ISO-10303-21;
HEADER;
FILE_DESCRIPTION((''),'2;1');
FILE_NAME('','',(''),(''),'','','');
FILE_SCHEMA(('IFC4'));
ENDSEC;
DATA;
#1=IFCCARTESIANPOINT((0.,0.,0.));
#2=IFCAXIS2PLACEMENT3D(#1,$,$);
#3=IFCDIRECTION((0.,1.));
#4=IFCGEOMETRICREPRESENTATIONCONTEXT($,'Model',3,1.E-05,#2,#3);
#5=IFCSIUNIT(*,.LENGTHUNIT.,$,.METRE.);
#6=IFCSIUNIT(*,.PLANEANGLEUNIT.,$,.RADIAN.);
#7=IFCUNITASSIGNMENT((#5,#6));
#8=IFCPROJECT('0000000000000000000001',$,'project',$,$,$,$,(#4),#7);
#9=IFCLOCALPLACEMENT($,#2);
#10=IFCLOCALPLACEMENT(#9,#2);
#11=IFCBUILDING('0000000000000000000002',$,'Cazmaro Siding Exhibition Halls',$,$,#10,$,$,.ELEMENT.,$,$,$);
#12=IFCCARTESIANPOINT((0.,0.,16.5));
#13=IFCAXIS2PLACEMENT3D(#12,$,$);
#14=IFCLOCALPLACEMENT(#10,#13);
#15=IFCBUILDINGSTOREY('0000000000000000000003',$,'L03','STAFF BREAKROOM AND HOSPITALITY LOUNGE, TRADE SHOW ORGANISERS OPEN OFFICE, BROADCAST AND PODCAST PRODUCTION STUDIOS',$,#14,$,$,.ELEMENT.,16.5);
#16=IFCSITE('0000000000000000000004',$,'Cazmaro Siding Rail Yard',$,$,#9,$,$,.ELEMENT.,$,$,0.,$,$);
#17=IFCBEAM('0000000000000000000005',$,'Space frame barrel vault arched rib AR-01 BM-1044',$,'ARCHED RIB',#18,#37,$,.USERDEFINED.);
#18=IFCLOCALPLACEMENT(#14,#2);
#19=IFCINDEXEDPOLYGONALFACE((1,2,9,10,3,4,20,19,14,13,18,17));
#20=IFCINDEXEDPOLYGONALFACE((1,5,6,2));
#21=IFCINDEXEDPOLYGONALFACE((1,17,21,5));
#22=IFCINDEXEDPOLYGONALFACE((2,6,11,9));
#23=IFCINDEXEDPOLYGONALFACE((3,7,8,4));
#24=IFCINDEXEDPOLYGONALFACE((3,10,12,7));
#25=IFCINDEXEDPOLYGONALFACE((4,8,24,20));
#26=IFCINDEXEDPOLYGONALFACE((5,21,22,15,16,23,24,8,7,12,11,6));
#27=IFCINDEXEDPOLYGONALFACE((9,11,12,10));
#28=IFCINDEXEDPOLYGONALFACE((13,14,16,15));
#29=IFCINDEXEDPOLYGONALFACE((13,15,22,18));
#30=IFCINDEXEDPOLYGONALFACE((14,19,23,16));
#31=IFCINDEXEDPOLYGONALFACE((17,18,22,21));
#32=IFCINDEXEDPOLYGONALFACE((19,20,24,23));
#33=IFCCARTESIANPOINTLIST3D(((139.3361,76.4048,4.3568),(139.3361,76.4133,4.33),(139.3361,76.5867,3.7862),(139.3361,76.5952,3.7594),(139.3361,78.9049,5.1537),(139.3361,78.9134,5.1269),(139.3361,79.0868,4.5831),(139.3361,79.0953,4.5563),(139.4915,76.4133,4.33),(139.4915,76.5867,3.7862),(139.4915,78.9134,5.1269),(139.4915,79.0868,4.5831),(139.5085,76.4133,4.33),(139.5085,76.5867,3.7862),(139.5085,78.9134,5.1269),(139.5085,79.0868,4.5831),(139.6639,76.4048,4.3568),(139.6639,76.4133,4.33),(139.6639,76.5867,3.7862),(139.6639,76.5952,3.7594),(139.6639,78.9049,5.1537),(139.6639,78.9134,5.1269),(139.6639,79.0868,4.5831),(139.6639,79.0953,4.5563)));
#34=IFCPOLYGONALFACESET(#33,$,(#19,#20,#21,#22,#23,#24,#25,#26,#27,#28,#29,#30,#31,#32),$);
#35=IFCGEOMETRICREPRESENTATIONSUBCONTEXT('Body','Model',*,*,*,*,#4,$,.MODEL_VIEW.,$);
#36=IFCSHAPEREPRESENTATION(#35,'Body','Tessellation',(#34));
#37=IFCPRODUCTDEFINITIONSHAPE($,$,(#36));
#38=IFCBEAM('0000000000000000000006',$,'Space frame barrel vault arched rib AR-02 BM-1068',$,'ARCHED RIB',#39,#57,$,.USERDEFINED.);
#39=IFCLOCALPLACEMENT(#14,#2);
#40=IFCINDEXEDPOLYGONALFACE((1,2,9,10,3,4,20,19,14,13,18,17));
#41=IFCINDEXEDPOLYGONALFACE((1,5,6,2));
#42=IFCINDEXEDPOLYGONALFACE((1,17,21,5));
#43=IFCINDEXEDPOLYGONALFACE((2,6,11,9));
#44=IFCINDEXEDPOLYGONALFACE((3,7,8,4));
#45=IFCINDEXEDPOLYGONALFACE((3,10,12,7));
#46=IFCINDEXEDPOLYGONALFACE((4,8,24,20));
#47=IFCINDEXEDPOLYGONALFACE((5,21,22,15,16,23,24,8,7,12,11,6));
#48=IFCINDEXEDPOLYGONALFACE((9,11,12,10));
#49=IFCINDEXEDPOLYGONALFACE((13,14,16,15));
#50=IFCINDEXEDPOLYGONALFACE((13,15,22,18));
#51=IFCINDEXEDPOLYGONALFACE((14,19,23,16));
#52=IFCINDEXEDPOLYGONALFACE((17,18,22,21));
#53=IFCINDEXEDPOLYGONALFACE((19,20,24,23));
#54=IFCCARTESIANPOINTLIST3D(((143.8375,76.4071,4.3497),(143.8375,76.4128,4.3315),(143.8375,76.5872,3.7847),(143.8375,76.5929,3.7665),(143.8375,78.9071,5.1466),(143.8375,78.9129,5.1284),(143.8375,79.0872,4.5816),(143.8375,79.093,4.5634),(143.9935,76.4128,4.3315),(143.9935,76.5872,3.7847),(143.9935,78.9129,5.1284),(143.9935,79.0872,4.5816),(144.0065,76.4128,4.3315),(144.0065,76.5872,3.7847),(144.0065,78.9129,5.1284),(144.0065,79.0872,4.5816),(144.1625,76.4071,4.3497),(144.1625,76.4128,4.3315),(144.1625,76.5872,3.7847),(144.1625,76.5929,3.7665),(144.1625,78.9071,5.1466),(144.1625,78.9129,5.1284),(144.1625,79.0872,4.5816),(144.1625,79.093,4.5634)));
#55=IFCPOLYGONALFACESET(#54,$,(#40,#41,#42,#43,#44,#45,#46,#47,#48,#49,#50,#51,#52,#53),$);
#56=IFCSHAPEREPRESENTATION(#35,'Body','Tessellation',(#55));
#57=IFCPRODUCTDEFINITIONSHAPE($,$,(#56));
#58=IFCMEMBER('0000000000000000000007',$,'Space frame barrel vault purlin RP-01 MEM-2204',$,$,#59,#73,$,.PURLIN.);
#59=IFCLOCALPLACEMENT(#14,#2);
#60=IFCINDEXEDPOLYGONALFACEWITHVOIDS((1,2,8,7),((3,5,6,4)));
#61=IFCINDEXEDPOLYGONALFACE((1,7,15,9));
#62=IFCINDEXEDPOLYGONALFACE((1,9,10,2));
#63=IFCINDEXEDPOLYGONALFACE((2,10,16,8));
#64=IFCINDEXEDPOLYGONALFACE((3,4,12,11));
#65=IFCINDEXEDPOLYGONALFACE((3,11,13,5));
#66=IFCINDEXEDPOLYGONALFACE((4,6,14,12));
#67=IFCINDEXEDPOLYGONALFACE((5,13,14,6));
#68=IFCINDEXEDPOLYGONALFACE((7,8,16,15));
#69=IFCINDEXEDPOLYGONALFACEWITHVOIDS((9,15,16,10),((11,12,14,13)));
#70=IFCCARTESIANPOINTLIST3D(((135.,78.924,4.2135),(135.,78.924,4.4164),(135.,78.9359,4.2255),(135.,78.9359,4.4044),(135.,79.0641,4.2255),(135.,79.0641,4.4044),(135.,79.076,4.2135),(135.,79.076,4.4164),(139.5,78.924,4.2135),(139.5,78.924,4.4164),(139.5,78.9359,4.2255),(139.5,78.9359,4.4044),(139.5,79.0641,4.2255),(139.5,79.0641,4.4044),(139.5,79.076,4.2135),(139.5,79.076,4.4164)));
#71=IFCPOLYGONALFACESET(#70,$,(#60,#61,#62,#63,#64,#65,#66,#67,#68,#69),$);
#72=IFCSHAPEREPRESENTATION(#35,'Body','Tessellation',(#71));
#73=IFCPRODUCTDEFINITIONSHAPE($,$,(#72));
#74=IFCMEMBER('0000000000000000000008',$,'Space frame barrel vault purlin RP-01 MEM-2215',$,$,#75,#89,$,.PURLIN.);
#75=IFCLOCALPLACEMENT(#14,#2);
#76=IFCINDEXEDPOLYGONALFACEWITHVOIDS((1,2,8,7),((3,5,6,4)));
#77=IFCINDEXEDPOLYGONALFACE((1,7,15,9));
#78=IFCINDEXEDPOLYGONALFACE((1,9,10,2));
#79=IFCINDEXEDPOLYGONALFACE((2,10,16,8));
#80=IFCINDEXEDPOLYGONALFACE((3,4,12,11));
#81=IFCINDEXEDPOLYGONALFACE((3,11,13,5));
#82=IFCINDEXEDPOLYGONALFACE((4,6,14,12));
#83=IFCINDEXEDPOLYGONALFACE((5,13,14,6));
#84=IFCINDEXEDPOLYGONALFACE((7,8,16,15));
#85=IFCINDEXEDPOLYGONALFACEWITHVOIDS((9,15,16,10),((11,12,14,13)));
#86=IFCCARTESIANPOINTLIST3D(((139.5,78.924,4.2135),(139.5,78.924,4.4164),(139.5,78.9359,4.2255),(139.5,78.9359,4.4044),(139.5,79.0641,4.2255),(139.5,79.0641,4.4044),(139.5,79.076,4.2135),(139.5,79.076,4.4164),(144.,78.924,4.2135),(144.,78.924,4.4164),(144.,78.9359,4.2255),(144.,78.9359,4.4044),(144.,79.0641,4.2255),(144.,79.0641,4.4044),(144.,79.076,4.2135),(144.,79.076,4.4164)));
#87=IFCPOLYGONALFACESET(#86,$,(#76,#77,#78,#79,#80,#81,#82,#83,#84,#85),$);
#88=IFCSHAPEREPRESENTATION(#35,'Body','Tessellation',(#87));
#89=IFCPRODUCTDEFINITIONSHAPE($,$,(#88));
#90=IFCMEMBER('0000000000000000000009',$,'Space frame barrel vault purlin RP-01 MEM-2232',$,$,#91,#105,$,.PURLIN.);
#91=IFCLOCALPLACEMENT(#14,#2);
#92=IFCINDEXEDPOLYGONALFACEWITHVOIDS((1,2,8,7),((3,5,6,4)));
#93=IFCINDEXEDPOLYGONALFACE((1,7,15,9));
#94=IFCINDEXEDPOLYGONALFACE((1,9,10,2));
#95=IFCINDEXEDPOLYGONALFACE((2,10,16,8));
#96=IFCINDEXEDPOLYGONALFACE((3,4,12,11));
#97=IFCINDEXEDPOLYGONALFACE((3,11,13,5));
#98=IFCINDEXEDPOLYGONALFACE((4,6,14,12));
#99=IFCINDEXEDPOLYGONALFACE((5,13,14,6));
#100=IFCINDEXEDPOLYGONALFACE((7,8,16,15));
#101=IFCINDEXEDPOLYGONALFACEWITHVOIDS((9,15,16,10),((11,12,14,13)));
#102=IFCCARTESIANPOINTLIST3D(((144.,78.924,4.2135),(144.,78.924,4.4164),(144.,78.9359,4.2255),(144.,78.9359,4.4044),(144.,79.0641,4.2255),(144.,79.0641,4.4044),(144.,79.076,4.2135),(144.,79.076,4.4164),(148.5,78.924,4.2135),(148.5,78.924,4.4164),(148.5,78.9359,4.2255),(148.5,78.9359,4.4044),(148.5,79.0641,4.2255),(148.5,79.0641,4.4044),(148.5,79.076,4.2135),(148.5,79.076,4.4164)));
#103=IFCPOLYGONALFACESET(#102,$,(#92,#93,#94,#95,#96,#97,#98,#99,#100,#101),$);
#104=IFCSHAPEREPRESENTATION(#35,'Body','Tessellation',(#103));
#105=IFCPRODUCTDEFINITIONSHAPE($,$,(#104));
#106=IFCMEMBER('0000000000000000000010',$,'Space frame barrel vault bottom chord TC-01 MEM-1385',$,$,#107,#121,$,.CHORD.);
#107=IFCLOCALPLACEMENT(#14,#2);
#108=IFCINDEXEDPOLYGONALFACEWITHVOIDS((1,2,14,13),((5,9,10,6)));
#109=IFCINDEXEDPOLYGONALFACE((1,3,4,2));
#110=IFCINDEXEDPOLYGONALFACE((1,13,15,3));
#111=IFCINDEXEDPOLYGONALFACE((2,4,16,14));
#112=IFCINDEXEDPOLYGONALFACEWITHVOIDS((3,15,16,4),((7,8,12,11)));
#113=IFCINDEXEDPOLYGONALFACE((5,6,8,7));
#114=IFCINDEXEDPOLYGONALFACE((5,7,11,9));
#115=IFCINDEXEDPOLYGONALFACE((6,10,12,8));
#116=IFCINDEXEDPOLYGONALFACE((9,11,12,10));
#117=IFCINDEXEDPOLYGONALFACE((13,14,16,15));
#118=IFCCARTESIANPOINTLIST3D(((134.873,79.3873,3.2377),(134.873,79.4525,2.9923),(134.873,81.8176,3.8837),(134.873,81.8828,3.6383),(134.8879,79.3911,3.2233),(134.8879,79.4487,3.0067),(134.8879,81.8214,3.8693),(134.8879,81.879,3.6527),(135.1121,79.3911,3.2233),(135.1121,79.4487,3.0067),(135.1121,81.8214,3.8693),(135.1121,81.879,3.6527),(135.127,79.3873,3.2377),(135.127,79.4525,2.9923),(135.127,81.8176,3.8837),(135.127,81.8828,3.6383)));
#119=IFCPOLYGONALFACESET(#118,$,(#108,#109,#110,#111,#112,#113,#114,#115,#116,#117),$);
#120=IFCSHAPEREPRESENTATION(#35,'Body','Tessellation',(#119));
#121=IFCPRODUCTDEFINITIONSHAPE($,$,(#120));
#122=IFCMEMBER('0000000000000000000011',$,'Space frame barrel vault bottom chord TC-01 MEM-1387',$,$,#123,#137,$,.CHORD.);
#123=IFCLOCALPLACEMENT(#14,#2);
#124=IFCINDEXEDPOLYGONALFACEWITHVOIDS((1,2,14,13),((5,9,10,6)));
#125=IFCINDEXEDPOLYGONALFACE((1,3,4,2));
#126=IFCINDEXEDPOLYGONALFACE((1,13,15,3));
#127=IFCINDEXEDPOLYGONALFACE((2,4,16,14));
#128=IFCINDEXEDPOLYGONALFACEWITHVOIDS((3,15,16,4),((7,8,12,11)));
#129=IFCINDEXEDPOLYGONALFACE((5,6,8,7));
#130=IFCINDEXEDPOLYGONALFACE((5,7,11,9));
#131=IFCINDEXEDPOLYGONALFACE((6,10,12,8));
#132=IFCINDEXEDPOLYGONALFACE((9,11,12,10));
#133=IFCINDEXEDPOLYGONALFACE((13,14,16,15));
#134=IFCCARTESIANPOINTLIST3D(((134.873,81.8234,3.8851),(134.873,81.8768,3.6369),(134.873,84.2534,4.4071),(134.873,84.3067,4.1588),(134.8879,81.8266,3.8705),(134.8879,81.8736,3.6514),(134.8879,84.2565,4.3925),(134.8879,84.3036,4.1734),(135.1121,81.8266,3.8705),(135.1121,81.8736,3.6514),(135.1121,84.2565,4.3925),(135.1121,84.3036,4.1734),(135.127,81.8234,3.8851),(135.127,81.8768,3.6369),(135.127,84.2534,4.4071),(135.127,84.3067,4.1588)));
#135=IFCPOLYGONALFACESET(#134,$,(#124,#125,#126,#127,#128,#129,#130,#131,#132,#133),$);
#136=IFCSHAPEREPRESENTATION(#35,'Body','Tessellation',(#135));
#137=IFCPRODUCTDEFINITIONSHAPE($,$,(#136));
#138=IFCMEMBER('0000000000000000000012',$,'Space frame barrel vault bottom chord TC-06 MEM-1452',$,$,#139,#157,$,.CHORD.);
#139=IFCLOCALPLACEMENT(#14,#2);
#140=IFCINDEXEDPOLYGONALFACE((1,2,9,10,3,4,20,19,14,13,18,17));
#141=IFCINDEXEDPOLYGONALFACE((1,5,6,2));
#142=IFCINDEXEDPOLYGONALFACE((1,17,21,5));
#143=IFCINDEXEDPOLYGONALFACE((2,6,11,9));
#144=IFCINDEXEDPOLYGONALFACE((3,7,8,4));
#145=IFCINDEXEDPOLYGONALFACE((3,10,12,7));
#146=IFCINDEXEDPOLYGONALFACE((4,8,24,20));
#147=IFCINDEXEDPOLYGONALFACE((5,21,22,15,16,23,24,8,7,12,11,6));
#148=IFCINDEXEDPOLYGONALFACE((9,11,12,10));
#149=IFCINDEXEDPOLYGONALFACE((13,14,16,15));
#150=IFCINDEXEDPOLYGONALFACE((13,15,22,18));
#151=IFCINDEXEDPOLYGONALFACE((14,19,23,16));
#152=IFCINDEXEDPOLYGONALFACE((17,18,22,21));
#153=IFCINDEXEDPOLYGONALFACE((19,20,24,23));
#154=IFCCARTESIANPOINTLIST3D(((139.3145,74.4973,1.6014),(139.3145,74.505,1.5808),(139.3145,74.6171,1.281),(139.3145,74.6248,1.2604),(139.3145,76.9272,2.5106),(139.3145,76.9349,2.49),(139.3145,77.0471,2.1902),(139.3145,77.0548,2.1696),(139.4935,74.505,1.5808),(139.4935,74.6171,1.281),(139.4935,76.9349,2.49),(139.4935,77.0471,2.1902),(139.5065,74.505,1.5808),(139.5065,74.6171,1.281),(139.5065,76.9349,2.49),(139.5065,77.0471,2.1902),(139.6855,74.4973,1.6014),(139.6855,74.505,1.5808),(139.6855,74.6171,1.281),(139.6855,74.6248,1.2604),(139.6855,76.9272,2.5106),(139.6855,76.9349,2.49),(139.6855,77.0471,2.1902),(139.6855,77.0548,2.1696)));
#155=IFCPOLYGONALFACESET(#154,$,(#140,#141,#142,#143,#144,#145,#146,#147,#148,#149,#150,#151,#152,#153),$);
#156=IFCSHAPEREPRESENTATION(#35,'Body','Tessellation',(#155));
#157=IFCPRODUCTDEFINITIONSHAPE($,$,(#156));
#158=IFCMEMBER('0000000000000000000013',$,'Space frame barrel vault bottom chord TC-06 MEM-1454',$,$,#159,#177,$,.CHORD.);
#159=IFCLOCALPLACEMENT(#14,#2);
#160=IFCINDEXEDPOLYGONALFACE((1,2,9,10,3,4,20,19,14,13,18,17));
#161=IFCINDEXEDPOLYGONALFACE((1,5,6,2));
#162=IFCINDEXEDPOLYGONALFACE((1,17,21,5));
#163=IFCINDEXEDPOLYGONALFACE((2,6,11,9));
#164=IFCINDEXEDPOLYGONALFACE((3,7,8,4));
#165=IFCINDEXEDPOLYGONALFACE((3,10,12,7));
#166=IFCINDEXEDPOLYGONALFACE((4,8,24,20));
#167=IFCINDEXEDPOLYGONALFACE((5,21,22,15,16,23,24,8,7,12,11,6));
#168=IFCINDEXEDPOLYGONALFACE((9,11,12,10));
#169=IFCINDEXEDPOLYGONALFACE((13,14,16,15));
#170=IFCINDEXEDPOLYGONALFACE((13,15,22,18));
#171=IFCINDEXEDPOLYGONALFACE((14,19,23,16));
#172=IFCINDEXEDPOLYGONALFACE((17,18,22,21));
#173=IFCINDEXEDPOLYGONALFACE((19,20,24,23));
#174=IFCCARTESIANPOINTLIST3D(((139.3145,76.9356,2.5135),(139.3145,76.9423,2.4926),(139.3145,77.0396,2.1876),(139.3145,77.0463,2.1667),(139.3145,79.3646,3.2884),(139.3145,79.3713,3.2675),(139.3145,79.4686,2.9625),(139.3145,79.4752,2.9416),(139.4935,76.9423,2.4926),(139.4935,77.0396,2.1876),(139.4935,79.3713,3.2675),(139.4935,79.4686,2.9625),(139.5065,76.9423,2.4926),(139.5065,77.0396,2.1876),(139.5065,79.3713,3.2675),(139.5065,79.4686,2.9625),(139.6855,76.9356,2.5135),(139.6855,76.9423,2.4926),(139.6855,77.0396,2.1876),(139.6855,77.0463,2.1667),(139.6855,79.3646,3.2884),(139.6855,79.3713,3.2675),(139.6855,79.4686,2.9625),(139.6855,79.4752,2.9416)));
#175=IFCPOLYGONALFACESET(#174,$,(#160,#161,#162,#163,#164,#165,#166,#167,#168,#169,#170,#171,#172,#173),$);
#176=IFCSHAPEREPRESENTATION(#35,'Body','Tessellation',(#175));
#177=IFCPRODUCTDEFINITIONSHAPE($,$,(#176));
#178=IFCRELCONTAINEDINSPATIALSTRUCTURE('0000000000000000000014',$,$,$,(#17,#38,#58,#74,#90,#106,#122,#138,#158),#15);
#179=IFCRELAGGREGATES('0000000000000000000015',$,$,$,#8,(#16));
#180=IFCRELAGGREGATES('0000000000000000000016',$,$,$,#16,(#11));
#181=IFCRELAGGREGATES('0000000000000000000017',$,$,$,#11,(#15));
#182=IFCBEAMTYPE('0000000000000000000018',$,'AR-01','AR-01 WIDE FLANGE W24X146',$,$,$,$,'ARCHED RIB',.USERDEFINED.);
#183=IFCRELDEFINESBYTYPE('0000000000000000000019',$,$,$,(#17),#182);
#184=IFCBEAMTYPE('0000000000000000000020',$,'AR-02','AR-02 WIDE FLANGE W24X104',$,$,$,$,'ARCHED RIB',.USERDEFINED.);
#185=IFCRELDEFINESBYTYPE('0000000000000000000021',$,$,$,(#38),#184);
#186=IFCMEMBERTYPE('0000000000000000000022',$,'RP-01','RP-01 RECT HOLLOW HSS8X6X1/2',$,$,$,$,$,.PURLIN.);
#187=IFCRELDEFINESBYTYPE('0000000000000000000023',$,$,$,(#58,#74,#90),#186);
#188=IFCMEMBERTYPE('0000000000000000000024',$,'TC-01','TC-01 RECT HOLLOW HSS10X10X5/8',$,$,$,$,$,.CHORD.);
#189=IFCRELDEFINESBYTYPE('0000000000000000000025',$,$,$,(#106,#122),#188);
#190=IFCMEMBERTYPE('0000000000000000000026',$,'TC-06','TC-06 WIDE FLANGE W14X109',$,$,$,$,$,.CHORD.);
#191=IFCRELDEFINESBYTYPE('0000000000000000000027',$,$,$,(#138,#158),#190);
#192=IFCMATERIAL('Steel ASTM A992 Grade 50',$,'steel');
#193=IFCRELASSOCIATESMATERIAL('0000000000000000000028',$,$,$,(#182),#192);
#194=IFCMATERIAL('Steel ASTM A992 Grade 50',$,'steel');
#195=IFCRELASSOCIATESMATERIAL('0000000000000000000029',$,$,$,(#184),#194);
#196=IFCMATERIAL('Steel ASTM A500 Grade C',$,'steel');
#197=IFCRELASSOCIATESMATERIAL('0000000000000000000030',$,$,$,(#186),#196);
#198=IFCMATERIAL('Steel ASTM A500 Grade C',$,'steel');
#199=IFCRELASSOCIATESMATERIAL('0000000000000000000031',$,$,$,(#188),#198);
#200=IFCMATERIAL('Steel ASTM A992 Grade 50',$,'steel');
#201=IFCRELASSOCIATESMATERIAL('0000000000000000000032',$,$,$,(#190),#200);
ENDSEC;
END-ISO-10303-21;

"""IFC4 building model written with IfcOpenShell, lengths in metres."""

from ifc_helpers import new_model, si_unit, direction, frame, origin, origin_2d, place, context, subcontext, project, spatial, hollow_rectangle, i_section, extrude, material, material_profile, profile_set, type_object, element, save


model = new_model("IFC4")

# Units and contexts
model_context = context("Model", 3, precision=1e-05, world=origin(), true_north=direction((0.0, 1.0)))
body_context = subcontext(model_context, "Body", "Model", "MODEL_VIEW")
ifc_project = project(units=[si_unit("LENGTHUNIT", "METRE"), si_unit("PLANEANGLEUNIT", "RADIAN")], contexts=[model_context])

# Site, building, storey
site_placement = place(None, origin())
site = spatial("IfcSite", under=ifc_project, at=site_placement, Name="Cazmaro Siding Rail Yard", CompositionType="ELEMENT", RefElevation=0.0)
building_placement = place(site_placement, origin())
building = spatial("IfcBuilding", under=site, at=building_placement, Name="Cazmaro Siding Exhibition Halls", CompositionType="ELEMENT")
storey_placement = place(building_placement, frame((0.0, 0.0, 16.5)))
storey = spatial("IfcBuildingStorey", under=building, at=storey_placement, Name="L03", Description="STAFF BREAKROOM AND HOSPITALITY LOUNGE, TRADE SHOW ORGANISERS OPEN OFFICE, BROADCAST AND PODCAST PRODUCTION STUDIOS", CompositionType="ELEMENT", Elevation=16.5)

# Beams
ifc_material_1 = material(Name="Steel ASTM A992 Grade 50", Category="steel")
ifc_material_profile_1 = material_profile(ifc_material_1, i_section(OverallWidth=0.3279, OverallDepth=0.627, WebThickness=0.0171, FlangeThickness=0.0281, at=origin_2d()), Name="W24X146")
ifc_profile_set_1 = profile_set([ifc_material_profile_1], Name="Steel ASTM A992 Grade 50")
beam_type_1 = type_object("IfcBeamType", Name="AR-01", Description="AR-01 WIDE FLANGE W24X146", ElementType="ARCHED RIB", PredefinedType="USERDEFINED", material=ifc_profile_set_1)
beam_1_placement = place(storey_placement, frame((139.5, 76.5, 4.0581), z_axis=(0.0, 0.952769, 0.303695), x_axis=(-1.0, 0.0, 0.0)))
element("IfcBeam", 1, at=beam_1_placement, inside=storey, type_object=beam_type_1, Name="Space frame barrel vault arched rib AR-01 BM-1044", ObjectType="ARCHED RIB", PredefinedType="USERDEFINED", context=body_context, shape_type="SweptSolid", body=[
    extrude(i_section(OverallWidth=0.3279, OverallDepth=0.627, WebThickness=0.0171, FlangeThickness=0.0281, at=origin_2d()), origin(), (0.0, 0.0, 1.0), 2.624),
])
ifc_material_2 = material(Name="Steel ASTM A992 Grade 50", Category="steel")
ifc_material_profile_2 = material_profile(ifc_material_2, i_section(OverallWidth=0.325, OverallDepth=0.6121, WebThickness=0.0129, FlangeThickness=0.019, at=origin_2d()), Name="W24X104")
ifc_profile_set_2 = profile_set([ifc_material_profile_2], Name="Steel ASTM A992 Grade 50")
beam_type_2 = type_object("IfcBeamType", Name="AR-02", Description="AR-02 WIDE FLANGE W24X104", ElementType="ARCHED RIB", PredefinedType="USERDEFINED", material=ifc_profile_set_2)
beam_2_placement = place(storey_placement, frame((144.0, 76.5, 4.0581), z_axis=(0.0, 0.952769, 0.303695), x_axis=(-1.0, 0.0, 0.0)))
element("IfcBeam", 2, at=beam_2_placement, inside=storey, type_object=beam_type_2, Name="Space frame barrel vault arched rib AR-02 BM-1068", ObjectType="ARCHED RIB", PredefinedType="USERDEFINED", context=body_context, shape_type="SweptSolid", body=[
    extrude(i_section(OverallWidth=0.325, OverallDepth=0.6121, WebThickness=0.0129, FlangeThickness=0.019, at=origin_2d()), origin(), (0.0, 0.0, 1.0), 2.624),
])

# Members
ifc_material_3 = material(Name="Steel ASTM A500 Grade C", Category="steel")
ifc_material_profile_3 = material_profile(ifc_material_3, hollow_rectangle(XDim=0.1521, YDim=0.2029, WallThickness=0.012, at=origin_2d()), Name="HSS8X6X1/2")
ifc_profile_set_3 = profile_set([ifc_material_profile_3], Name="Steel ASTM A500 Grade C")
member_type_1 = type_object("IfcMemberType", Name="RP-01", Description="RP-01 RECT HOLLOW HSS8X6X1/2", PredefinedType="PURLIN", material=ifc_profile_set_3)
for number, where, z_axis, x_axis, name in (
    (3, (135.0, 79.0, 4.3149), (1.0, 0.0, 0.0), (0.0, 1.0, 0.0), "Space frame barrel vault purlin RP-01 MEM-2204"),
    (4, (139.5, 79.0, 4.3149), (1.0, 0.0, 0.0), (0.0, 1.0, 0.0), "Space frame barrel vault purlin RP-01 MEM-2215"),
    (5, (144.0, 79.0, 4.3149), (1.0, 0.0, 0.0), (0.0, 1.0, 0.0), "Space frame barrel vault purlin RP-01 MEM-2232"),
):
    element("IfcMember", number, at=place(storey_placement, frame(where, z_axis=z_axis, x_axis=x_axis)), inside=storey, type_object=member_type_1, Name=name, PredefinedType="PURLIN", context=body_context, shape_type="SweptSolid", body=[
        extrude(hollow_rectangle(XDim=0.1521, YDim=0.2029, WallThickness=0.012, at=origin_2d()), origin(), (0.0, 0.0, 1.0), 4.5),
    ])
ifc_material_4 = material(Name="Steel ASTM A500 Grade C", Category="steel")
ifc_material_profile_4 = material_profile(ifc_material_4, hollow_rectangle(XDim=0.2539, YDim=0.2539, WallThickness=0.0149, at=origin_2d()), Name="HSS10X10X5/8")
ifc_profile_set_4 = profile_set([ifc_material_profile_4], Name="Steel ASTM A500 Grade C")
member_type_2 = type_object("IfcMemberType", Name="TC-01", Description="TC-01 RECT HOLLOW HSS10X10X5/8", PredefinedType="CHORD", material=ifc_profile_set_4)
member_1_placement = place(storey_placement, frame((135.0, 79.4199, 3.115), z_axis=(0.0, 0.966438, 0.256901), x_axis=(-1.0, 0.0, 0.0)))
element("IfcMember", 6, at=member_1_placement, inside=storey, type_object=member_type_2, Name="Space frame barrel vault bottom chord TC-01 MEM-1385", PredefinedType="CHORD", context=body_context, shape_type="SweptSolid", body=[
    extrude(hollow_rectangle(XDim=0.2539, YDim=0.2539, WallThickness=0.0149, at=origin_2d()), origin(), (0.0, 0.0, 1.0), 2.5146),
])
member_2_placement = place(storey_placement, frame((135.0, 81.8501, 3.761), z_axis=(0.0, 0.977697, 0.210019), x_axis=(-1.0, 0.0, 0.0)))
element("IfcMember", 7, at=member_2_placement, inside=storey, type_object=member_type_2, Name="Space frame barrel vault bottom chord TC-01 MEM-1387", PredefinedType="CHORD", context=body_context, shape_type="SweptSolid", body=[
    extrude(hollow_rectangle(XDim=0.2539, YDim=0.2539, WallThickness=0.0149, at=origin_2d()), origin(), (0.0, 0.0, 1.0), 2.4854),
])
ifc_material_5 = material(Name="Steel ASTM A992 Grade 50", Category="steel")
ifc_material_profile_5 = material_profile(ifc_material_5, i_section(OverallWidth=0.3711, OverallDepth=0.364, WebThickness=0.0129, FlangeThickness=0.022, at=origin_2d()), Name="W14X109")
ifc_profile_set_5 = profile_set([ifc_material_profile_5], Name="Steel ASTM A992 Grade 50")
member_type_3 = type_object("IfcMemberType", Name="TC-06", Description="TC-06 WIDE FLANGE W14X109", PredefinedType="CHORD", material=ifc_profile_set_5)
member_3_placement = place(storey_placement, frame((139.5, 74.561, 1.4309), z_axis=(0.0, 0.936588, 0.350432), x_axis=(-1.0, 0.0, 0.0)))
element("IfcMember", 8, at=member_3_placement, inside=storey, type_object=member_type_3, Name="Space frame barrel vault bottom chord TC-06 MEM-1452", PredefinedType="CHORD", context=body_context, shape_type="SweptSolid", body=[
    extrude(i_section(OverallWidth=0.3711, OverallDepth=0.364, WebThickness=0.0129, FlangeThickness=0.022, at=origin_2d()), origin(), (0.0, 0.0, 1.0), 2.5945),
])
member_4_placement = place(storey_placement, frame((139.5, 76.991, 2.3401), z_axis=(0.0, 0.952693, 0.303935), x_axis=(-1.0, 0.0, 0.0)))
element("IfcMember", 9, at=member_4_placement, inside=storey, type_object=member_type_3, Name="Space frame barrel vault bottom chord TC-06 MEM-1454", PredefinedType="CHORD", context=body_context, shape_type="SweptSolid", body=[
    extrude(i_section(OverallWidth=0.3711, OverallDepth=0.364, WebThickness=0.0129, FlangeThickness=0.022, at=origin_2d()), origin(), (0.0, 0.0, 1.0), 2.5496),
])

save(model, "model.ifc")
